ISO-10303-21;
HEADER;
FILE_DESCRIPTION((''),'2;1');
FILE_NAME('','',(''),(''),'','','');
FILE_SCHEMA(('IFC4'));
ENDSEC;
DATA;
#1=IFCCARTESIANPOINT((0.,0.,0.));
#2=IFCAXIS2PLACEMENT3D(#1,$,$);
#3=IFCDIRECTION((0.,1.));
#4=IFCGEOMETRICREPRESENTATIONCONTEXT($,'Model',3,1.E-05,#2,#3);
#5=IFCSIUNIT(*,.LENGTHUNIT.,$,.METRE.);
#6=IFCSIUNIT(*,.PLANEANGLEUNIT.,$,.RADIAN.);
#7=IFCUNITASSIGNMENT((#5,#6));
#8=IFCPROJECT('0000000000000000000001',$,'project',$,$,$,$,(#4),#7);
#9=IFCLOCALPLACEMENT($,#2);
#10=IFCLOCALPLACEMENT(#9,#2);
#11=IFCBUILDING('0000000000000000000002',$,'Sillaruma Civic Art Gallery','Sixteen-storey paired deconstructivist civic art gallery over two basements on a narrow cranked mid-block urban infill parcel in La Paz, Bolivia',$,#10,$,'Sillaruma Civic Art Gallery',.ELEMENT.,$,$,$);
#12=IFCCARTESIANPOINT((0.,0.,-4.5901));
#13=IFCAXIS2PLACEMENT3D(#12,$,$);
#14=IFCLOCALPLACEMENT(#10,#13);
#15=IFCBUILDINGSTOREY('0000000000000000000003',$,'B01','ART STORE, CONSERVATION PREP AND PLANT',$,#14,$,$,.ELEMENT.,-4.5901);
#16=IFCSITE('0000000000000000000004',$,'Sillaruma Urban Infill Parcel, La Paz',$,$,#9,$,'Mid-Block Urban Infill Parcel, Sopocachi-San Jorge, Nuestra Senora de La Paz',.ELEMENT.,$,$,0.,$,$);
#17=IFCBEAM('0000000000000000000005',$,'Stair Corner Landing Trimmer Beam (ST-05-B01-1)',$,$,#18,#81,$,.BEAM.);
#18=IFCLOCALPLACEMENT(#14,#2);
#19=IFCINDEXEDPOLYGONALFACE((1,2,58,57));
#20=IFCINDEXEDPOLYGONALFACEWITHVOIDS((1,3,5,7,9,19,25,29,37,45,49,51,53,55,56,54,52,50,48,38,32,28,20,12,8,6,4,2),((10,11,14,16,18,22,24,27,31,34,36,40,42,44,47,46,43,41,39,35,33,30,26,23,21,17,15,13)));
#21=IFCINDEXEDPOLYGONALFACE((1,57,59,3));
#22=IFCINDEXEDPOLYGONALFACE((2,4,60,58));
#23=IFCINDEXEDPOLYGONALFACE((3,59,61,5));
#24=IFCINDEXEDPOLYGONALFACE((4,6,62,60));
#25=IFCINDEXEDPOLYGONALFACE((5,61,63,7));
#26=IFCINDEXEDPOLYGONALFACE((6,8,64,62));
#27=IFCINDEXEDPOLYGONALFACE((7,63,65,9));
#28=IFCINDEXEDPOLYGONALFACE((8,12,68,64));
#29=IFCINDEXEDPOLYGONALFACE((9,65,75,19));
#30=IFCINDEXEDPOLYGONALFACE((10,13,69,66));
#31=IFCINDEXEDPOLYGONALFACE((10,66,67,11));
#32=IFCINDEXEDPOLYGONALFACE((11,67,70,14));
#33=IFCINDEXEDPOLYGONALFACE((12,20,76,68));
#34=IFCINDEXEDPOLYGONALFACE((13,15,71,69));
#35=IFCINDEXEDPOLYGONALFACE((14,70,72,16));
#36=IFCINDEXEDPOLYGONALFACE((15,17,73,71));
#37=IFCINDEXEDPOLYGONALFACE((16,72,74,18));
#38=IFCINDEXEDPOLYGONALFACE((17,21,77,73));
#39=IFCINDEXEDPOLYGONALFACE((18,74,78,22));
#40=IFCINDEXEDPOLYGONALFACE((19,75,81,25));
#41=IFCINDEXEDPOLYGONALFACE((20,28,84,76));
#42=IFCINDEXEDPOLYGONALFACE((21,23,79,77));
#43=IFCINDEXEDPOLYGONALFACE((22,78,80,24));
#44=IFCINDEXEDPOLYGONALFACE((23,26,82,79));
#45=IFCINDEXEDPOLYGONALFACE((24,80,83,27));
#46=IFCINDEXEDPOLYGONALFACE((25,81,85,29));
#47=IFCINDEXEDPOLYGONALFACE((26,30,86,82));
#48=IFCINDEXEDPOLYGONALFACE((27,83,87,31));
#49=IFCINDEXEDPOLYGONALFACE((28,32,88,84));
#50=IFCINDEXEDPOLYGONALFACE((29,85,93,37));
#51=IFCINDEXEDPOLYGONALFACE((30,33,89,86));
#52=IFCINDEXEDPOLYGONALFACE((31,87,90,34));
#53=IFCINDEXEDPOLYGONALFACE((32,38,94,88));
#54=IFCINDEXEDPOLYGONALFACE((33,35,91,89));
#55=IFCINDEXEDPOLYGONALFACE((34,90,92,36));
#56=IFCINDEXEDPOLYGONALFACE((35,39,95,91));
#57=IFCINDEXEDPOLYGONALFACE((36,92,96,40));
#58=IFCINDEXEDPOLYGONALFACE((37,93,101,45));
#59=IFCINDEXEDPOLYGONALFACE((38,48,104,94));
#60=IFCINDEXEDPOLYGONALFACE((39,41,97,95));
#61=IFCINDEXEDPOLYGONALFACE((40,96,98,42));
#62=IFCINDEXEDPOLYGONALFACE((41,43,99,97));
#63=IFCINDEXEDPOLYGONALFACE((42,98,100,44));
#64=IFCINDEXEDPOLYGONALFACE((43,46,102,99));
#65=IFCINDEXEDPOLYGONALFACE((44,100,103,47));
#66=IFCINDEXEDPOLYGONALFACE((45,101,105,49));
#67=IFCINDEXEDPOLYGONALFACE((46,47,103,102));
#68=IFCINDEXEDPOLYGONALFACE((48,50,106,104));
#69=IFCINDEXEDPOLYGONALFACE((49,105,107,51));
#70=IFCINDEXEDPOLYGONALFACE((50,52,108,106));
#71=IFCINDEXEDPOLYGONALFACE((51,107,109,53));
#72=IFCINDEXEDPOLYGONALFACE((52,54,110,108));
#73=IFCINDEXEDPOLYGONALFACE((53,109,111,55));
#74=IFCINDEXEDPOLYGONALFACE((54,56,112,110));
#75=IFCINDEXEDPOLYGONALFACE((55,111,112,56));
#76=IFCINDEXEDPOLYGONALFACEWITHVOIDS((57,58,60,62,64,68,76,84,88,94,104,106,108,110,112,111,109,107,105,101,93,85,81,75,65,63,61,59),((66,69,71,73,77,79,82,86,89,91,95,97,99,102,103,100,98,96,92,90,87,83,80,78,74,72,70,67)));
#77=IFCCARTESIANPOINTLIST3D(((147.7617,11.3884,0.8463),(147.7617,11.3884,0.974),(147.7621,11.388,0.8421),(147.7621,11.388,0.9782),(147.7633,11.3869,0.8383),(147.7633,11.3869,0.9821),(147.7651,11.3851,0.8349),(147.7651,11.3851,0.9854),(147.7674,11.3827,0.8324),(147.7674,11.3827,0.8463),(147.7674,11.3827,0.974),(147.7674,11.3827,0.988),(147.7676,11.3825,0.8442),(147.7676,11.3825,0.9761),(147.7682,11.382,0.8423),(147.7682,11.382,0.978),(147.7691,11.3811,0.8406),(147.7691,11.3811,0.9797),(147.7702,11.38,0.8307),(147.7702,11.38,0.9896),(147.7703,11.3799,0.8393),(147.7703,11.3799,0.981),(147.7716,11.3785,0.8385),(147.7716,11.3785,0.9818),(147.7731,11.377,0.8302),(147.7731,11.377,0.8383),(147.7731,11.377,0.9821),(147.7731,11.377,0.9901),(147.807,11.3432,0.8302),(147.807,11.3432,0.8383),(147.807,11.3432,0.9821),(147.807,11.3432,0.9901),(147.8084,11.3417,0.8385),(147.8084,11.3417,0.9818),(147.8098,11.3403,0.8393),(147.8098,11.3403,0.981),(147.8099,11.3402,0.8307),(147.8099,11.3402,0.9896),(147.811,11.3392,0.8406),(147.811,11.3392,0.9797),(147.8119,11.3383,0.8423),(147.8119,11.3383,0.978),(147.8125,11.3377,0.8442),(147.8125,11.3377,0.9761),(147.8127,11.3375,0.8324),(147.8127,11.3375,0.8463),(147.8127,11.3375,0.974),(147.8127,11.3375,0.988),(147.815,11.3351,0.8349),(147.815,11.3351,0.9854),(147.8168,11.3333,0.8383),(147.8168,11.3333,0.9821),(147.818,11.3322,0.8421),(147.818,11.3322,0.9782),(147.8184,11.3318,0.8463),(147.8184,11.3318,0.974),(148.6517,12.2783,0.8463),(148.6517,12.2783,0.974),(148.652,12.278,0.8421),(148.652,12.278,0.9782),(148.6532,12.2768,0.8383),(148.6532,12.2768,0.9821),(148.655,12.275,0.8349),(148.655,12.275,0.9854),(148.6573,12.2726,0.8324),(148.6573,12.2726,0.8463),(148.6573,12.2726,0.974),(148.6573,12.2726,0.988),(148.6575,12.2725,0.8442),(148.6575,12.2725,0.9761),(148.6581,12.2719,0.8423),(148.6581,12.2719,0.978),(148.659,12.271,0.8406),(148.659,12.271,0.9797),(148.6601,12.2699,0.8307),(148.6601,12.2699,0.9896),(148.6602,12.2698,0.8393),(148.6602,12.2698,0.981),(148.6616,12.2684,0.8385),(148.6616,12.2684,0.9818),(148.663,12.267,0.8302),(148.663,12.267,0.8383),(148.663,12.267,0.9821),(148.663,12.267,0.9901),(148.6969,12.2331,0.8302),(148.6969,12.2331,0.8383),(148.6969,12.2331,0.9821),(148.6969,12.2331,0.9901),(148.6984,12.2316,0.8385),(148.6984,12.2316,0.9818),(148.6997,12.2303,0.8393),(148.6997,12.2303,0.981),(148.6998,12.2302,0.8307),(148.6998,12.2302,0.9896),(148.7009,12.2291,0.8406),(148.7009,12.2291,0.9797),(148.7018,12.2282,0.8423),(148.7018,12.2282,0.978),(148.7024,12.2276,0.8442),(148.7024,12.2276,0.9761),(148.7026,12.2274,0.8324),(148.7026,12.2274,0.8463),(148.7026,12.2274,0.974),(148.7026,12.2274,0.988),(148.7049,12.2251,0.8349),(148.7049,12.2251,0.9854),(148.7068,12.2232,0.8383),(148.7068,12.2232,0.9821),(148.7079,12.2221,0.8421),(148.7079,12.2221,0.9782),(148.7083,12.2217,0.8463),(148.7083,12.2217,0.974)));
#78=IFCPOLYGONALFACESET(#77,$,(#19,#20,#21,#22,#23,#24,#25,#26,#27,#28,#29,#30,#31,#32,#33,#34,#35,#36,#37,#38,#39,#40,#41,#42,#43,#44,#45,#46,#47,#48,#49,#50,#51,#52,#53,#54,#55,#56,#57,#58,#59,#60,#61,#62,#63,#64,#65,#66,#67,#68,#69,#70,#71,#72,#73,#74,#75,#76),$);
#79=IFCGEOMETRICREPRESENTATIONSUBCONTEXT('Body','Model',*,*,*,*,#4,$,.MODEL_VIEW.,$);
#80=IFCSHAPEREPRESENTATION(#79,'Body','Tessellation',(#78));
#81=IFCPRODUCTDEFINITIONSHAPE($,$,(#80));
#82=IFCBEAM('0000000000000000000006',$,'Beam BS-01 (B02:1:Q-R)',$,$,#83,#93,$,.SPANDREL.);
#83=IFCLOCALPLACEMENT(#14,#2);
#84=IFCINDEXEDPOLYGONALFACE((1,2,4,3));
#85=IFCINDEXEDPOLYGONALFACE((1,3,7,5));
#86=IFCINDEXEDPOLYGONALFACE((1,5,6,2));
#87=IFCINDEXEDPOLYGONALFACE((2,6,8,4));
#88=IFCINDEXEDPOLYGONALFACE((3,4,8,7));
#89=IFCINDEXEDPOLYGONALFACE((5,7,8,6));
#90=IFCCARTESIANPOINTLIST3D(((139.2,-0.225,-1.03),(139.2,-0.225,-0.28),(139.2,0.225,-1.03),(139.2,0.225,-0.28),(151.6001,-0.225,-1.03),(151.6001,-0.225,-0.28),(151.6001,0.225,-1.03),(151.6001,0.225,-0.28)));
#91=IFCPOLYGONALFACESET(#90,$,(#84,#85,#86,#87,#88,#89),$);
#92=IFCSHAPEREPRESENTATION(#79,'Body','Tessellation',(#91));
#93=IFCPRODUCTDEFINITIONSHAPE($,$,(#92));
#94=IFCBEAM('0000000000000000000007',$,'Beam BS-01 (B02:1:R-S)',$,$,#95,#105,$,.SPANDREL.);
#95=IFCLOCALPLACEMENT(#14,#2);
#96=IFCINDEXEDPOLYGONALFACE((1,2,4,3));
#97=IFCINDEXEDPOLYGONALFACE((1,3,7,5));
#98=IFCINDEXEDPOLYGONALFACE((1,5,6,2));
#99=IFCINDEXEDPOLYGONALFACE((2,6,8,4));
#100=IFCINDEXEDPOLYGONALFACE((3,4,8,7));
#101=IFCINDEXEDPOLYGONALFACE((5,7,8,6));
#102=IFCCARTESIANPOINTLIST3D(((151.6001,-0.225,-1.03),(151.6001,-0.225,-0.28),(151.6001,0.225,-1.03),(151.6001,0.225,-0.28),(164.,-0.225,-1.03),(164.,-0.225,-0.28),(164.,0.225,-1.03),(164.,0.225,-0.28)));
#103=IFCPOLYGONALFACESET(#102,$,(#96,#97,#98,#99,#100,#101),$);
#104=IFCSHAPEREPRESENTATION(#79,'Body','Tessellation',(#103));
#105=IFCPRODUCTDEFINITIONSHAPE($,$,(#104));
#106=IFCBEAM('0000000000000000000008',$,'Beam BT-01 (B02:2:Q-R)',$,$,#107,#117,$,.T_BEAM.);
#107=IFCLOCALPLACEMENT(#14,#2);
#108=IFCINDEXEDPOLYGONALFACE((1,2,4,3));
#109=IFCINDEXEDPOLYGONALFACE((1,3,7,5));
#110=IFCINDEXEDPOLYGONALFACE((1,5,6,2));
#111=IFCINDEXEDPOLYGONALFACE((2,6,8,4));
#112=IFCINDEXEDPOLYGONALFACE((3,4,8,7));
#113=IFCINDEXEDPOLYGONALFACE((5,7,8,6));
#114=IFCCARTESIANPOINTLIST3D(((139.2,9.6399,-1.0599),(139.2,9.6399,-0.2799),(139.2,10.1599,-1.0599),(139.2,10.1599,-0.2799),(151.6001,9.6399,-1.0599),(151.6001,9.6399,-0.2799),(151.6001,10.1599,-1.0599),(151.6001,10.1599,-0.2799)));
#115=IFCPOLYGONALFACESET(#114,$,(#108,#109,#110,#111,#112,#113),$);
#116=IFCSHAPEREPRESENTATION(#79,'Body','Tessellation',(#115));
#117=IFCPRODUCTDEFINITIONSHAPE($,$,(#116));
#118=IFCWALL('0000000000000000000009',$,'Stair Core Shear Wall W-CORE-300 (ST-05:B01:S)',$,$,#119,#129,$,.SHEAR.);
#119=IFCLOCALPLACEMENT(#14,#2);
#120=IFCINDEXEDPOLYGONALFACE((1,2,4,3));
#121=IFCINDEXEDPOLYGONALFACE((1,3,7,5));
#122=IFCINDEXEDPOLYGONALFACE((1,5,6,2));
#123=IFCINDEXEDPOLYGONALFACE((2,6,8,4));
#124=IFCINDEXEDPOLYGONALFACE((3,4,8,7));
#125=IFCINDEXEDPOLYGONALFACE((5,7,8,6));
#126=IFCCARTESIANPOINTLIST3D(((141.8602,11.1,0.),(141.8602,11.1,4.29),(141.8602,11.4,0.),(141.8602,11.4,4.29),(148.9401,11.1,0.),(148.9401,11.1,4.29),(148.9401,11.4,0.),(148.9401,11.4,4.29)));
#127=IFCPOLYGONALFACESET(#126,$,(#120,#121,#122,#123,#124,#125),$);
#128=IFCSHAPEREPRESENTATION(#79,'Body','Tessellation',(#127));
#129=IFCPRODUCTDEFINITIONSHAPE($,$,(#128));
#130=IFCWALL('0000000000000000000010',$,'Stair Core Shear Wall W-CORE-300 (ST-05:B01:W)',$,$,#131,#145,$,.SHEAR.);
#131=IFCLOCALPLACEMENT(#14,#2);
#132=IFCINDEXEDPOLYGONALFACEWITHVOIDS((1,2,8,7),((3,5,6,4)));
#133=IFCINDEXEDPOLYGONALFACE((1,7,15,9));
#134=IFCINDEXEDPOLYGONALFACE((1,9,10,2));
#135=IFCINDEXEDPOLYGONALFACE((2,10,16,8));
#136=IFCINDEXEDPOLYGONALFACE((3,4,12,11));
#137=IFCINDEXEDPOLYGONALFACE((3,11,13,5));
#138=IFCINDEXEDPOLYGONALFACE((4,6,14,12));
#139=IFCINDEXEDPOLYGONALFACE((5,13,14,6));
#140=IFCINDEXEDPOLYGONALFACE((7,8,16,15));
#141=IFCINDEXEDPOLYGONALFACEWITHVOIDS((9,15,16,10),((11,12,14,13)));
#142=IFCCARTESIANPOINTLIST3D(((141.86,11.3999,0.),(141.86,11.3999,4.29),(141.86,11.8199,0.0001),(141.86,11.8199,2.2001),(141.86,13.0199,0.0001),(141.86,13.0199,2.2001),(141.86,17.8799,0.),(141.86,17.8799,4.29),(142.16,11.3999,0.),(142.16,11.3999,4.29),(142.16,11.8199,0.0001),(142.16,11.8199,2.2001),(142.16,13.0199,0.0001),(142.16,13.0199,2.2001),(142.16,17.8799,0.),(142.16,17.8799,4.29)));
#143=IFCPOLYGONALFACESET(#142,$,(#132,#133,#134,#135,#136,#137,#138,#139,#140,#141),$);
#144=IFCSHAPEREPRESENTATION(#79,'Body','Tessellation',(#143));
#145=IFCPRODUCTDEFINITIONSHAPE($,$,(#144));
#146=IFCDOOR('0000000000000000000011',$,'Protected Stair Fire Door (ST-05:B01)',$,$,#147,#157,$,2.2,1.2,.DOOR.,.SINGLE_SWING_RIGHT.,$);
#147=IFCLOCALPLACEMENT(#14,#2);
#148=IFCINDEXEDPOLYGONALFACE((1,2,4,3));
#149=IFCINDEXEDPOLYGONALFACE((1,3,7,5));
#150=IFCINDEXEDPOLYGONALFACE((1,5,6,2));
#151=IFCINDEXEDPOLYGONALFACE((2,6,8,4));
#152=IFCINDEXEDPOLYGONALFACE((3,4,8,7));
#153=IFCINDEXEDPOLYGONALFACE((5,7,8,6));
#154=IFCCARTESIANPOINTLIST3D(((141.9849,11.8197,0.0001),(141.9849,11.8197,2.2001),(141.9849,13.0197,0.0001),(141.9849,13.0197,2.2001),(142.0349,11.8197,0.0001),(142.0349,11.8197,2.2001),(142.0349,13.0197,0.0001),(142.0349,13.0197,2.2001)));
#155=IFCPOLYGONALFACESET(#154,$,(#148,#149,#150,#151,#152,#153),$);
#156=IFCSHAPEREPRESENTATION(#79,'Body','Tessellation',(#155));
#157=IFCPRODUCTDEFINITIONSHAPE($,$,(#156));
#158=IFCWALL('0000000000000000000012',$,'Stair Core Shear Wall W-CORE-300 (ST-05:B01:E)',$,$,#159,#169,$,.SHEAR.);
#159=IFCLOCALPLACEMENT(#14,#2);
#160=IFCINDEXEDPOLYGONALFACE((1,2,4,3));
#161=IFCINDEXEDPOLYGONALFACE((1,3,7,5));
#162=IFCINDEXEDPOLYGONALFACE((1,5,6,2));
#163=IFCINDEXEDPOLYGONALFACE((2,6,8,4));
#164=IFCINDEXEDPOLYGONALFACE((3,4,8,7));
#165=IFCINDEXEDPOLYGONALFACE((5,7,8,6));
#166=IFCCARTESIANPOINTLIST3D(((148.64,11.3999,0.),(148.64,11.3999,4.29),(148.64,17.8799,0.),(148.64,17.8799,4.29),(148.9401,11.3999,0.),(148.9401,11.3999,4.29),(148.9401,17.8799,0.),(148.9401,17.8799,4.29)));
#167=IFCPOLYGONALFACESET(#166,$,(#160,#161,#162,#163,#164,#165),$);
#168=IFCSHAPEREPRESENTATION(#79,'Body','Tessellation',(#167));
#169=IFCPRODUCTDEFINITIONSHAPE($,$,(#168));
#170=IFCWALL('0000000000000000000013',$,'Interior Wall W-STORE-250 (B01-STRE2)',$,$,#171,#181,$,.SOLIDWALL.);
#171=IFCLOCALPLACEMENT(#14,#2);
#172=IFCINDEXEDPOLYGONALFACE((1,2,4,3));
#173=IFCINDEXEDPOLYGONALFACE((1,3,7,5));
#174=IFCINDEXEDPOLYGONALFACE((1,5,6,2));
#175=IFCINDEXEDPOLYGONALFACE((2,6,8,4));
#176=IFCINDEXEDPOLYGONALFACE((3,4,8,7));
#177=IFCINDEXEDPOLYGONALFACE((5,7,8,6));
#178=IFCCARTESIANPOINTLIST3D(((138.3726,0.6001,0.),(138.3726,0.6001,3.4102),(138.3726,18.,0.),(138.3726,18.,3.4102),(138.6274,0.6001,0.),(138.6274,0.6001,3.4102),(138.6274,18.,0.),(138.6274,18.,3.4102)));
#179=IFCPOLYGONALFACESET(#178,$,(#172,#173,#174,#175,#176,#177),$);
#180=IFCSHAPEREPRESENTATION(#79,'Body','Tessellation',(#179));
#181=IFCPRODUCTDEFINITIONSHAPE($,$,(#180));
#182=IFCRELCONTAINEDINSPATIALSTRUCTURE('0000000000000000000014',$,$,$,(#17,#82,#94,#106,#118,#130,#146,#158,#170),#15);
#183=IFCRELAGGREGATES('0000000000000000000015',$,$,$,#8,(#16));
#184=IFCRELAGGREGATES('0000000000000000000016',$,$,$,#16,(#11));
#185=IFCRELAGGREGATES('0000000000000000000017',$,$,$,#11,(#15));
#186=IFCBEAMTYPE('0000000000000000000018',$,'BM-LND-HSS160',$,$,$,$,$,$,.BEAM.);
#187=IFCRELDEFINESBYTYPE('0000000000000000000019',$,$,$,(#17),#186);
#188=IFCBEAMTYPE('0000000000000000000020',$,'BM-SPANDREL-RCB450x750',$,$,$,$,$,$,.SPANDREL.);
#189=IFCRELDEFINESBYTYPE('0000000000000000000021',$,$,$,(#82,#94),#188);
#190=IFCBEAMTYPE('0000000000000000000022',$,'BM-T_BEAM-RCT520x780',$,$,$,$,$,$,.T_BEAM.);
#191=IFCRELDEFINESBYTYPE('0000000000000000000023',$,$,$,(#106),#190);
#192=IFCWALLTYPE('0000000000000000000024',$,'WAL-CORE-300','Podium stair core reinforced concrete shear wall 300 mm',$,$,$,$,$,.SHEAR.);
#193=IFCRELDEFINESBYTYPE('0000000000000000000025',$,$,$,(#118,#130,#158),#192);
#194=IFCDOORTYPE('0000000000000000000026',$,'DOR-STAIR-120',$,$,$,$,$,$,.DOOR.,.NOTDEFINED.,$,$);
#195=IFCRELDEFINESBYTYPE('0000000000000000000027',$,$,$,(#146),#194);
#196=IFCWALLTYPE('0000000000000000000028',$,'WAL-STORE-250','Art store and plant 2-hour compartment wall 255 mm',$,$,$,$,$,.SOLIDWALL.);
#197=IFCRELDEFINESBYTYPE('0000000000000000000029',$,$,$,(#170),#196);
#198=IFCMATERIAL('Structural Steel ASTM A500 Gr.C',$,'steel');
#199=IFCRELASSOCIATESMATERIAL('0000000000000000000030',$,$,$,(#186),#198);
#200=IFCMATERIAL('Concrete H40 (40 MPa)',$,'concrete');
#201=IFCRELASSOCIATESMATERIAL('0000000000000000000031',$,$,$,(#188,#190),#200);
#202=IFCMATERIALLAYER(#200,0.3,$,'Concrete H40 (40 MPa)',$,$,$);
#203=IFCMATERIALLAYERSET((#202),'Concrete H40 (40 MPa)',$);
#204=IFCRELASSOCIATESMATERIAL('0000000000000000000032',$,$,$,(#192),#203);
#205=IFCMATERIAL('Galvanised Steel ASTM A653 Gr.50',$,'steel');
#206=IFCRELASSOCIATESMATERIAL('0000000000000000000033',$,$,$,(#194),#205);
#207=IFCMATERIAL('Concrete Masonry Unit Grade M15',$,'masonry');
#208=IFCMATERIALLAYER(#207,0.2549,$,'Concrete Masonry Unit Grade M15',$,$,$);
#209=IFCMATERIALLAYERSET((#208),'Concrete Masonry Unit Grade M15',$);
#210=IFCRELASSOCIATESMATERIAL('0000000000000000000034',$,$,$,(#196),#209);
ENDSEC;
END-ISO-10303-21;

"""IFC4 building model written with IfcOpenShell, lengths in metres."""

from ifc_helpers import new_model, si_unit, direction, frame, frame_2d, origin, origin_2d, place, context, subcontext, project, spatial, rectangle, hollow_rectangle, extrude, material, layer, layer_set, material_profile, profile_set, type_object, element, fill, save


model = new_model("IFC4")

# Units and contexts
model_context = context("Model", 3, precision=1e-05, world=origin(), true_north=direction((0.0, 1.0)))
body_context = subcontext(model_context, "Body", "Model", "MODEL_VIEW")
ifc_project = project(units=[si_unit("LENGTHUNIT", "METRE"), si_unit("PLANEANGLEUNIT", "RADIAN")], contexts=[model_context])

# Site, building, storey
site_placement = place(None, origin())
site = spatial("IfcSite", under=ifc_project, at=site_placement, Name="Sillaruma Urban Infill Parcel, La Paz", LongName="Mid-Block Urban Infill Parcel, Sopocachi-San Jorge, Nuestra Senora de La Paz", CompositionType="ELEMENT", RefElevation=0.0)
building_placement = place(site_placement, origin())
building = spatial("IfcBuilding", under=site, at=building_placement, Name="Sillaruma Civic Art Gallery", Description="Sixteen-storey paired deconstructivist civic art gallery over two basements on a narrow cranked mid-block urban infill parcel in La Paz, Bolivia", LongName="Sillaruma Civic Art Gallery", CompositionType="ELEMENT")
storey_placement = place(building_placement, frame((0.0, 0.0, -4.5901)))
storey = spatial("IfcBuildingStorey", under=building, at=storey_placement, Name="B01", Description="ART STORE, CONSERVATION PREP AND PLANT", CompositionType="ELEMENT", Elevation=-4.5901)

# Shared definitions
ifc_material_1 = material(Name="Concrete H40 (40 MPa)", Category="concrete")

# Beams
ifc_material_2 = material(Name="Structural Steel ASTM A500 Gr.C", Category="steel")
ifc_material_profile_1 = material_profile(ifc_material_2, hollow_rectangle(XDim=0.0801, YDim=0.1599, WallThickness=0.0081, InnerFilletRadius=0.0081, OuterFilletRadius=0.0161, at=origin_2d()), Name="HSS160x80x8")
ifc_profile_set_1 = profile_set([ifc_material_profile_1], Name="Structural Steel ASTM A500 Gr.C")
beam_type_1 = type_object("IfcBeamType", Name="BM-LND-HSS160", PredefinedType="BEAM", material=ifc_profile_set_1)
beam_1_placement = place(storey_placement, frame((147.79, 11.3601, 0.9102), z_axis=(0.707107, 0.707107, 0.0), x_axis=(-0.707107, 0.707107, 0.0)))
element("IfcBeam", 1, at=beam_1_placement, inside=storey, type_object=beam_type_1, Name="Stair Corner Landing Trimmer Beam (ST-05-B01-1)", PredefinedType="BEAM", context=body_context, shape_type="SweptSolid", body=[
    extrude(hollow_rectangle(XDim=0.0801, YDim=0.1599, WallThickness=0.0081, InnerFilletRadius=0.0081, OuterFilletRadius=0.0161, at=origin_2d()), origin(), (0.0, 0.0, 1.0), 1.2585),
])
ifc_material_profile_2 = material_profile(ifc_material_1, rectangle(XDim=0.45, YDim=0.75, at=origin_2d()), Name="RCB450x750")
ifc_profile_set_2 = profile_set([ifc_material_profile_2], Name="Concrete H40 (40 MPa)")
beam_type_2 = type_object("IfcBeamType", Name="BM-SPANDREL-RCB450x750", PredefinedType="SPANDREL", material=ifc_profile_set_2)
beam_2_placement = place(storey_placement, frame((139.2, 0.0, -0.655), z_axis=(1.0, 0.0, 0.0), x_axis=(0.0, 1.0, 0.0)))
element("IfcBeam", 2, at=beam_2_placement, inside=storey, type_object=beam_type_2, Name="Beam BS-01 (B02:1:Q-R)", PredefinedType="SPANDREL", context=body_context, shape_type="SweptSolid", body=[
    extrude(rectangle(XDim=0.45, YDim=0.75, at=origin_2d()), origin(), (0.0, 0.0, 1.0), 12.4001),
])
beam_3_placement = place(storey_placement, frame((151.6001, 0.0, -0.655), z_axis=(1.0, 0.0, 0.0), x_axis=(0.0, 1.0, 0.0)))
element("IfcBeam", 3, at=beam_3_placement, inside=storey, type_object=beam_type_2, Name="Beam BS-01 (B02:1:R-S)", PredefinedType="SPANDREL", context=body_context, shape_type="SweptSolid", body=[
    extrude(rectangle(XDim=0.45, YDim=0.75, at=origin_2d()), origin(), (0.0, 0.0, 1.0), 12.3999),
])
ifc_material_profile_3 = material_profile(ifc_material_1, rectangle(XDim=0.52, YDim=0.78, at=origin_2d()), Name="RCT520x780")
ifc_profile_set_3 = profile_set([ifc_material_profile_3], Name="Concrete H40 (40 MPa)")
beam_type_3 = type_object("IfcBeamType", Name="BM-T_BEAM-RCT520x780", PredefinedType="T_BEAM", material=ifc_profile_set_3)
beam_4_placement = place(storey_placement, frame((139.2, 9.8999, -0.6699), z_axis=(1.0, 0.0, 0.0), x_axis=(0.0, 1.0, 0.0)))
element("IfcBeam", 4, at=beam_4_placement, inside=storey, type_object=beam_type_3, Name="Beam BT-01 (B02:2:Q-R)", PredefinedType="T_BEAM", context=body_context, shape_type="SweptSolid", body=[
    extrude(rectangle(XDim=0.52, YDim=0.78, at=origin_2d()), origin(), (0.0, 0.0, 1.0), 12.4001),
])

# Wall
ifc_layer_1 = layer(ifc_material_1, 0.3, Name="Concrete H40 (40 MPa)")
ifc_layer_set_1 = layer_set([ifc_layer_1], Name="Concrete H40 (40 MPa)")
wall_type_1 = type_object("IfcWallType", Name="WAL-CORE-300", Description="Podium stair core reinforced concrete shear wall 300 mm", PredefinedType="SHEAR", material=ifc_layer_set_1)
wall_1_placement = place(storey_placement, frame((141.8601, 11.25, 0.0), z_axis=(0.0, 0.0, 1.0), x_axis=(1.0, 0.0, 0.0)))
element("IfcWall", 5, at=wall_1_placement, inside=storey, type_object=wall_type_1, Name="Stair Core Shear Wall W-CORE-300 (ST-05:B01:S)", PredefinedType="SHEAR", context=body_context, shape_type="SweptSolid", body=[
    extrude(rectangle(XDim=7.0798, YDim=0.3, at=frame_2d((3.54, 0.0))), origin(), (0.0, 0.0, 1.0), 4.29),
])

# Wall, opening, door
wall_2_placement = place(storey_placement, frame((142.01, 11.3999, 0.0), z_axis=(0.0, 0.0, 1.0), x_axis=(0.0, 1.0, 0.0)))
wall_2 = element("IfcWall", 6, at=wall_2_placement, inside=storey, type_object=wall_type_1, Name="Stair Core Shear Wall W-CORE-300 (ST-05:B01:W)", PredefinedType="SHEAR", context=body_context, shape_type="SweptSolid", body=[
    extrude(rectangle(XDim=6.48, YDim=0.3, at=frame_2d((3.24, 0.0))), origin(), (0.0, 0.0, 1.0), 4.29),
])
opening_placement = place(wall_2_placement, frame((0.4199, 0.0, 0.0)))
opening = element("IfcOpeningElement", 7, at=opening_placement, cuts=wall_2, PredefinedType="OPENING", context=body_context, shape_type="SweptSolid", body=[
    extrude(rectangle(XDim=1.2, YDim=2.2, at=frame_2d((0.6001, 1.1001))), frame((0.0, 0.1599, 0.0), z_axis=(0.0, -1.0, 0.0), x_axis=(1.0, 0.0, 0.0)), (0.0, 0.0, 1.0), 0.3201),
])
ifc_material_3 = material(Name="Galvanised Steel ASTM A653 Gr.50", Category="steel")
door_type = type_object("IfcDoorType", Name="DOR-STAIR-120", OperationType="NOTDEFINED", PredefinedType="DOOR", material=ifc_material_3)
door_placement = place(opening_placement, frame((1.2, 0.0, 0.0), z_axis=(0.0, 0.0, 1.0), x_axis=(-1.0, 0.0, 0.0)))
door = element("IfcDoor", 8, at=door_placement, inside=storey, type_object=door_type, Name="Protected Stair Fire Door (ST-05:B01)", OperationType="SINGLE_SWING_RIGHT", OverallHeight=2.2, OverallWidth=1.2, PredefinedType="DOOR", context=body_context, shape_type="SweptSolid", body=[
    extrude(rectangle(XDim=1.2, YDim=2.2, at=frame_2d((0.6001, 1.1001))), frame((0.0, 0.0249, 0.0), z_axis=(0.0, -1.0, 0.0), x_axis=(1.0, 0.0, 0.0)), (0.0, 0.0, 1.0), 0.05),
])
fill(opening, door)

# Walls
wall_3_placement = place(storey_placement, frame((148.79, 11.3999, 0.0), z_axis=(0.0, 0.0, 1.0), x_axis=(0.0, 1.0, 0.0)))
element("IfcWall", 9, at=wall_3_placement, inside=storey, type_object=wall_type_1, Name="Stair Core Shear Wall W-CORE-300 (ST-05:B01:E)", PredefinedType="SHEAR", context=body_context, shape_type="SweptSolid", body=[
    extrude(rectangle(XDim=6.48, YDim=0.3, at=frame_2d((3.24, 0.0))), origin(), (0.0, 0.0, 1.0), 4.29),
])
ifc_material_4 = material(Name="Concrete Masonry Unit Grade M15", Category="masonry")
ifc_layer_2 = layer(ifc_material_4, 0.2549, Name="Concrete Masonry Unit Grade M15")
ifc_layer_set_2 = layer_set([ifc_layer_2], Name="Concrete Masonry Unit Grade M15")
wall_type_2 = type_object("IfcWallType", Name="WAL-STORE-250", Description="Art store and plant 2-hour compartment wall 255 mm", PredefinedType="SOLIDWALL", material=ifc_layer_set_2)
wall_4_placement = place(storey_placement, frame((138.5, 0.6001, 0.0), z_axis=(0.0, 0.0, 1.0), x_axis=(0.0, 1.0, 0.0)))
element("IfcWall", 10, at=wall_4_placement, inside=storey, type_object=wall_type_2, Name="Interior Wall W-STORE-250 (B01-STRE2)", PredefinedType="SOLIDWALL", context=body_context, shape_type="SweptSolid", body=[
    extrude(rectangle(XDim=17.3999, YDim=0.2549, at=frame_2d((8.7, 0.0))), origin(), (0.0, 0.0, 1.0), 3.4102),
])

save(model, "model.ifc")
